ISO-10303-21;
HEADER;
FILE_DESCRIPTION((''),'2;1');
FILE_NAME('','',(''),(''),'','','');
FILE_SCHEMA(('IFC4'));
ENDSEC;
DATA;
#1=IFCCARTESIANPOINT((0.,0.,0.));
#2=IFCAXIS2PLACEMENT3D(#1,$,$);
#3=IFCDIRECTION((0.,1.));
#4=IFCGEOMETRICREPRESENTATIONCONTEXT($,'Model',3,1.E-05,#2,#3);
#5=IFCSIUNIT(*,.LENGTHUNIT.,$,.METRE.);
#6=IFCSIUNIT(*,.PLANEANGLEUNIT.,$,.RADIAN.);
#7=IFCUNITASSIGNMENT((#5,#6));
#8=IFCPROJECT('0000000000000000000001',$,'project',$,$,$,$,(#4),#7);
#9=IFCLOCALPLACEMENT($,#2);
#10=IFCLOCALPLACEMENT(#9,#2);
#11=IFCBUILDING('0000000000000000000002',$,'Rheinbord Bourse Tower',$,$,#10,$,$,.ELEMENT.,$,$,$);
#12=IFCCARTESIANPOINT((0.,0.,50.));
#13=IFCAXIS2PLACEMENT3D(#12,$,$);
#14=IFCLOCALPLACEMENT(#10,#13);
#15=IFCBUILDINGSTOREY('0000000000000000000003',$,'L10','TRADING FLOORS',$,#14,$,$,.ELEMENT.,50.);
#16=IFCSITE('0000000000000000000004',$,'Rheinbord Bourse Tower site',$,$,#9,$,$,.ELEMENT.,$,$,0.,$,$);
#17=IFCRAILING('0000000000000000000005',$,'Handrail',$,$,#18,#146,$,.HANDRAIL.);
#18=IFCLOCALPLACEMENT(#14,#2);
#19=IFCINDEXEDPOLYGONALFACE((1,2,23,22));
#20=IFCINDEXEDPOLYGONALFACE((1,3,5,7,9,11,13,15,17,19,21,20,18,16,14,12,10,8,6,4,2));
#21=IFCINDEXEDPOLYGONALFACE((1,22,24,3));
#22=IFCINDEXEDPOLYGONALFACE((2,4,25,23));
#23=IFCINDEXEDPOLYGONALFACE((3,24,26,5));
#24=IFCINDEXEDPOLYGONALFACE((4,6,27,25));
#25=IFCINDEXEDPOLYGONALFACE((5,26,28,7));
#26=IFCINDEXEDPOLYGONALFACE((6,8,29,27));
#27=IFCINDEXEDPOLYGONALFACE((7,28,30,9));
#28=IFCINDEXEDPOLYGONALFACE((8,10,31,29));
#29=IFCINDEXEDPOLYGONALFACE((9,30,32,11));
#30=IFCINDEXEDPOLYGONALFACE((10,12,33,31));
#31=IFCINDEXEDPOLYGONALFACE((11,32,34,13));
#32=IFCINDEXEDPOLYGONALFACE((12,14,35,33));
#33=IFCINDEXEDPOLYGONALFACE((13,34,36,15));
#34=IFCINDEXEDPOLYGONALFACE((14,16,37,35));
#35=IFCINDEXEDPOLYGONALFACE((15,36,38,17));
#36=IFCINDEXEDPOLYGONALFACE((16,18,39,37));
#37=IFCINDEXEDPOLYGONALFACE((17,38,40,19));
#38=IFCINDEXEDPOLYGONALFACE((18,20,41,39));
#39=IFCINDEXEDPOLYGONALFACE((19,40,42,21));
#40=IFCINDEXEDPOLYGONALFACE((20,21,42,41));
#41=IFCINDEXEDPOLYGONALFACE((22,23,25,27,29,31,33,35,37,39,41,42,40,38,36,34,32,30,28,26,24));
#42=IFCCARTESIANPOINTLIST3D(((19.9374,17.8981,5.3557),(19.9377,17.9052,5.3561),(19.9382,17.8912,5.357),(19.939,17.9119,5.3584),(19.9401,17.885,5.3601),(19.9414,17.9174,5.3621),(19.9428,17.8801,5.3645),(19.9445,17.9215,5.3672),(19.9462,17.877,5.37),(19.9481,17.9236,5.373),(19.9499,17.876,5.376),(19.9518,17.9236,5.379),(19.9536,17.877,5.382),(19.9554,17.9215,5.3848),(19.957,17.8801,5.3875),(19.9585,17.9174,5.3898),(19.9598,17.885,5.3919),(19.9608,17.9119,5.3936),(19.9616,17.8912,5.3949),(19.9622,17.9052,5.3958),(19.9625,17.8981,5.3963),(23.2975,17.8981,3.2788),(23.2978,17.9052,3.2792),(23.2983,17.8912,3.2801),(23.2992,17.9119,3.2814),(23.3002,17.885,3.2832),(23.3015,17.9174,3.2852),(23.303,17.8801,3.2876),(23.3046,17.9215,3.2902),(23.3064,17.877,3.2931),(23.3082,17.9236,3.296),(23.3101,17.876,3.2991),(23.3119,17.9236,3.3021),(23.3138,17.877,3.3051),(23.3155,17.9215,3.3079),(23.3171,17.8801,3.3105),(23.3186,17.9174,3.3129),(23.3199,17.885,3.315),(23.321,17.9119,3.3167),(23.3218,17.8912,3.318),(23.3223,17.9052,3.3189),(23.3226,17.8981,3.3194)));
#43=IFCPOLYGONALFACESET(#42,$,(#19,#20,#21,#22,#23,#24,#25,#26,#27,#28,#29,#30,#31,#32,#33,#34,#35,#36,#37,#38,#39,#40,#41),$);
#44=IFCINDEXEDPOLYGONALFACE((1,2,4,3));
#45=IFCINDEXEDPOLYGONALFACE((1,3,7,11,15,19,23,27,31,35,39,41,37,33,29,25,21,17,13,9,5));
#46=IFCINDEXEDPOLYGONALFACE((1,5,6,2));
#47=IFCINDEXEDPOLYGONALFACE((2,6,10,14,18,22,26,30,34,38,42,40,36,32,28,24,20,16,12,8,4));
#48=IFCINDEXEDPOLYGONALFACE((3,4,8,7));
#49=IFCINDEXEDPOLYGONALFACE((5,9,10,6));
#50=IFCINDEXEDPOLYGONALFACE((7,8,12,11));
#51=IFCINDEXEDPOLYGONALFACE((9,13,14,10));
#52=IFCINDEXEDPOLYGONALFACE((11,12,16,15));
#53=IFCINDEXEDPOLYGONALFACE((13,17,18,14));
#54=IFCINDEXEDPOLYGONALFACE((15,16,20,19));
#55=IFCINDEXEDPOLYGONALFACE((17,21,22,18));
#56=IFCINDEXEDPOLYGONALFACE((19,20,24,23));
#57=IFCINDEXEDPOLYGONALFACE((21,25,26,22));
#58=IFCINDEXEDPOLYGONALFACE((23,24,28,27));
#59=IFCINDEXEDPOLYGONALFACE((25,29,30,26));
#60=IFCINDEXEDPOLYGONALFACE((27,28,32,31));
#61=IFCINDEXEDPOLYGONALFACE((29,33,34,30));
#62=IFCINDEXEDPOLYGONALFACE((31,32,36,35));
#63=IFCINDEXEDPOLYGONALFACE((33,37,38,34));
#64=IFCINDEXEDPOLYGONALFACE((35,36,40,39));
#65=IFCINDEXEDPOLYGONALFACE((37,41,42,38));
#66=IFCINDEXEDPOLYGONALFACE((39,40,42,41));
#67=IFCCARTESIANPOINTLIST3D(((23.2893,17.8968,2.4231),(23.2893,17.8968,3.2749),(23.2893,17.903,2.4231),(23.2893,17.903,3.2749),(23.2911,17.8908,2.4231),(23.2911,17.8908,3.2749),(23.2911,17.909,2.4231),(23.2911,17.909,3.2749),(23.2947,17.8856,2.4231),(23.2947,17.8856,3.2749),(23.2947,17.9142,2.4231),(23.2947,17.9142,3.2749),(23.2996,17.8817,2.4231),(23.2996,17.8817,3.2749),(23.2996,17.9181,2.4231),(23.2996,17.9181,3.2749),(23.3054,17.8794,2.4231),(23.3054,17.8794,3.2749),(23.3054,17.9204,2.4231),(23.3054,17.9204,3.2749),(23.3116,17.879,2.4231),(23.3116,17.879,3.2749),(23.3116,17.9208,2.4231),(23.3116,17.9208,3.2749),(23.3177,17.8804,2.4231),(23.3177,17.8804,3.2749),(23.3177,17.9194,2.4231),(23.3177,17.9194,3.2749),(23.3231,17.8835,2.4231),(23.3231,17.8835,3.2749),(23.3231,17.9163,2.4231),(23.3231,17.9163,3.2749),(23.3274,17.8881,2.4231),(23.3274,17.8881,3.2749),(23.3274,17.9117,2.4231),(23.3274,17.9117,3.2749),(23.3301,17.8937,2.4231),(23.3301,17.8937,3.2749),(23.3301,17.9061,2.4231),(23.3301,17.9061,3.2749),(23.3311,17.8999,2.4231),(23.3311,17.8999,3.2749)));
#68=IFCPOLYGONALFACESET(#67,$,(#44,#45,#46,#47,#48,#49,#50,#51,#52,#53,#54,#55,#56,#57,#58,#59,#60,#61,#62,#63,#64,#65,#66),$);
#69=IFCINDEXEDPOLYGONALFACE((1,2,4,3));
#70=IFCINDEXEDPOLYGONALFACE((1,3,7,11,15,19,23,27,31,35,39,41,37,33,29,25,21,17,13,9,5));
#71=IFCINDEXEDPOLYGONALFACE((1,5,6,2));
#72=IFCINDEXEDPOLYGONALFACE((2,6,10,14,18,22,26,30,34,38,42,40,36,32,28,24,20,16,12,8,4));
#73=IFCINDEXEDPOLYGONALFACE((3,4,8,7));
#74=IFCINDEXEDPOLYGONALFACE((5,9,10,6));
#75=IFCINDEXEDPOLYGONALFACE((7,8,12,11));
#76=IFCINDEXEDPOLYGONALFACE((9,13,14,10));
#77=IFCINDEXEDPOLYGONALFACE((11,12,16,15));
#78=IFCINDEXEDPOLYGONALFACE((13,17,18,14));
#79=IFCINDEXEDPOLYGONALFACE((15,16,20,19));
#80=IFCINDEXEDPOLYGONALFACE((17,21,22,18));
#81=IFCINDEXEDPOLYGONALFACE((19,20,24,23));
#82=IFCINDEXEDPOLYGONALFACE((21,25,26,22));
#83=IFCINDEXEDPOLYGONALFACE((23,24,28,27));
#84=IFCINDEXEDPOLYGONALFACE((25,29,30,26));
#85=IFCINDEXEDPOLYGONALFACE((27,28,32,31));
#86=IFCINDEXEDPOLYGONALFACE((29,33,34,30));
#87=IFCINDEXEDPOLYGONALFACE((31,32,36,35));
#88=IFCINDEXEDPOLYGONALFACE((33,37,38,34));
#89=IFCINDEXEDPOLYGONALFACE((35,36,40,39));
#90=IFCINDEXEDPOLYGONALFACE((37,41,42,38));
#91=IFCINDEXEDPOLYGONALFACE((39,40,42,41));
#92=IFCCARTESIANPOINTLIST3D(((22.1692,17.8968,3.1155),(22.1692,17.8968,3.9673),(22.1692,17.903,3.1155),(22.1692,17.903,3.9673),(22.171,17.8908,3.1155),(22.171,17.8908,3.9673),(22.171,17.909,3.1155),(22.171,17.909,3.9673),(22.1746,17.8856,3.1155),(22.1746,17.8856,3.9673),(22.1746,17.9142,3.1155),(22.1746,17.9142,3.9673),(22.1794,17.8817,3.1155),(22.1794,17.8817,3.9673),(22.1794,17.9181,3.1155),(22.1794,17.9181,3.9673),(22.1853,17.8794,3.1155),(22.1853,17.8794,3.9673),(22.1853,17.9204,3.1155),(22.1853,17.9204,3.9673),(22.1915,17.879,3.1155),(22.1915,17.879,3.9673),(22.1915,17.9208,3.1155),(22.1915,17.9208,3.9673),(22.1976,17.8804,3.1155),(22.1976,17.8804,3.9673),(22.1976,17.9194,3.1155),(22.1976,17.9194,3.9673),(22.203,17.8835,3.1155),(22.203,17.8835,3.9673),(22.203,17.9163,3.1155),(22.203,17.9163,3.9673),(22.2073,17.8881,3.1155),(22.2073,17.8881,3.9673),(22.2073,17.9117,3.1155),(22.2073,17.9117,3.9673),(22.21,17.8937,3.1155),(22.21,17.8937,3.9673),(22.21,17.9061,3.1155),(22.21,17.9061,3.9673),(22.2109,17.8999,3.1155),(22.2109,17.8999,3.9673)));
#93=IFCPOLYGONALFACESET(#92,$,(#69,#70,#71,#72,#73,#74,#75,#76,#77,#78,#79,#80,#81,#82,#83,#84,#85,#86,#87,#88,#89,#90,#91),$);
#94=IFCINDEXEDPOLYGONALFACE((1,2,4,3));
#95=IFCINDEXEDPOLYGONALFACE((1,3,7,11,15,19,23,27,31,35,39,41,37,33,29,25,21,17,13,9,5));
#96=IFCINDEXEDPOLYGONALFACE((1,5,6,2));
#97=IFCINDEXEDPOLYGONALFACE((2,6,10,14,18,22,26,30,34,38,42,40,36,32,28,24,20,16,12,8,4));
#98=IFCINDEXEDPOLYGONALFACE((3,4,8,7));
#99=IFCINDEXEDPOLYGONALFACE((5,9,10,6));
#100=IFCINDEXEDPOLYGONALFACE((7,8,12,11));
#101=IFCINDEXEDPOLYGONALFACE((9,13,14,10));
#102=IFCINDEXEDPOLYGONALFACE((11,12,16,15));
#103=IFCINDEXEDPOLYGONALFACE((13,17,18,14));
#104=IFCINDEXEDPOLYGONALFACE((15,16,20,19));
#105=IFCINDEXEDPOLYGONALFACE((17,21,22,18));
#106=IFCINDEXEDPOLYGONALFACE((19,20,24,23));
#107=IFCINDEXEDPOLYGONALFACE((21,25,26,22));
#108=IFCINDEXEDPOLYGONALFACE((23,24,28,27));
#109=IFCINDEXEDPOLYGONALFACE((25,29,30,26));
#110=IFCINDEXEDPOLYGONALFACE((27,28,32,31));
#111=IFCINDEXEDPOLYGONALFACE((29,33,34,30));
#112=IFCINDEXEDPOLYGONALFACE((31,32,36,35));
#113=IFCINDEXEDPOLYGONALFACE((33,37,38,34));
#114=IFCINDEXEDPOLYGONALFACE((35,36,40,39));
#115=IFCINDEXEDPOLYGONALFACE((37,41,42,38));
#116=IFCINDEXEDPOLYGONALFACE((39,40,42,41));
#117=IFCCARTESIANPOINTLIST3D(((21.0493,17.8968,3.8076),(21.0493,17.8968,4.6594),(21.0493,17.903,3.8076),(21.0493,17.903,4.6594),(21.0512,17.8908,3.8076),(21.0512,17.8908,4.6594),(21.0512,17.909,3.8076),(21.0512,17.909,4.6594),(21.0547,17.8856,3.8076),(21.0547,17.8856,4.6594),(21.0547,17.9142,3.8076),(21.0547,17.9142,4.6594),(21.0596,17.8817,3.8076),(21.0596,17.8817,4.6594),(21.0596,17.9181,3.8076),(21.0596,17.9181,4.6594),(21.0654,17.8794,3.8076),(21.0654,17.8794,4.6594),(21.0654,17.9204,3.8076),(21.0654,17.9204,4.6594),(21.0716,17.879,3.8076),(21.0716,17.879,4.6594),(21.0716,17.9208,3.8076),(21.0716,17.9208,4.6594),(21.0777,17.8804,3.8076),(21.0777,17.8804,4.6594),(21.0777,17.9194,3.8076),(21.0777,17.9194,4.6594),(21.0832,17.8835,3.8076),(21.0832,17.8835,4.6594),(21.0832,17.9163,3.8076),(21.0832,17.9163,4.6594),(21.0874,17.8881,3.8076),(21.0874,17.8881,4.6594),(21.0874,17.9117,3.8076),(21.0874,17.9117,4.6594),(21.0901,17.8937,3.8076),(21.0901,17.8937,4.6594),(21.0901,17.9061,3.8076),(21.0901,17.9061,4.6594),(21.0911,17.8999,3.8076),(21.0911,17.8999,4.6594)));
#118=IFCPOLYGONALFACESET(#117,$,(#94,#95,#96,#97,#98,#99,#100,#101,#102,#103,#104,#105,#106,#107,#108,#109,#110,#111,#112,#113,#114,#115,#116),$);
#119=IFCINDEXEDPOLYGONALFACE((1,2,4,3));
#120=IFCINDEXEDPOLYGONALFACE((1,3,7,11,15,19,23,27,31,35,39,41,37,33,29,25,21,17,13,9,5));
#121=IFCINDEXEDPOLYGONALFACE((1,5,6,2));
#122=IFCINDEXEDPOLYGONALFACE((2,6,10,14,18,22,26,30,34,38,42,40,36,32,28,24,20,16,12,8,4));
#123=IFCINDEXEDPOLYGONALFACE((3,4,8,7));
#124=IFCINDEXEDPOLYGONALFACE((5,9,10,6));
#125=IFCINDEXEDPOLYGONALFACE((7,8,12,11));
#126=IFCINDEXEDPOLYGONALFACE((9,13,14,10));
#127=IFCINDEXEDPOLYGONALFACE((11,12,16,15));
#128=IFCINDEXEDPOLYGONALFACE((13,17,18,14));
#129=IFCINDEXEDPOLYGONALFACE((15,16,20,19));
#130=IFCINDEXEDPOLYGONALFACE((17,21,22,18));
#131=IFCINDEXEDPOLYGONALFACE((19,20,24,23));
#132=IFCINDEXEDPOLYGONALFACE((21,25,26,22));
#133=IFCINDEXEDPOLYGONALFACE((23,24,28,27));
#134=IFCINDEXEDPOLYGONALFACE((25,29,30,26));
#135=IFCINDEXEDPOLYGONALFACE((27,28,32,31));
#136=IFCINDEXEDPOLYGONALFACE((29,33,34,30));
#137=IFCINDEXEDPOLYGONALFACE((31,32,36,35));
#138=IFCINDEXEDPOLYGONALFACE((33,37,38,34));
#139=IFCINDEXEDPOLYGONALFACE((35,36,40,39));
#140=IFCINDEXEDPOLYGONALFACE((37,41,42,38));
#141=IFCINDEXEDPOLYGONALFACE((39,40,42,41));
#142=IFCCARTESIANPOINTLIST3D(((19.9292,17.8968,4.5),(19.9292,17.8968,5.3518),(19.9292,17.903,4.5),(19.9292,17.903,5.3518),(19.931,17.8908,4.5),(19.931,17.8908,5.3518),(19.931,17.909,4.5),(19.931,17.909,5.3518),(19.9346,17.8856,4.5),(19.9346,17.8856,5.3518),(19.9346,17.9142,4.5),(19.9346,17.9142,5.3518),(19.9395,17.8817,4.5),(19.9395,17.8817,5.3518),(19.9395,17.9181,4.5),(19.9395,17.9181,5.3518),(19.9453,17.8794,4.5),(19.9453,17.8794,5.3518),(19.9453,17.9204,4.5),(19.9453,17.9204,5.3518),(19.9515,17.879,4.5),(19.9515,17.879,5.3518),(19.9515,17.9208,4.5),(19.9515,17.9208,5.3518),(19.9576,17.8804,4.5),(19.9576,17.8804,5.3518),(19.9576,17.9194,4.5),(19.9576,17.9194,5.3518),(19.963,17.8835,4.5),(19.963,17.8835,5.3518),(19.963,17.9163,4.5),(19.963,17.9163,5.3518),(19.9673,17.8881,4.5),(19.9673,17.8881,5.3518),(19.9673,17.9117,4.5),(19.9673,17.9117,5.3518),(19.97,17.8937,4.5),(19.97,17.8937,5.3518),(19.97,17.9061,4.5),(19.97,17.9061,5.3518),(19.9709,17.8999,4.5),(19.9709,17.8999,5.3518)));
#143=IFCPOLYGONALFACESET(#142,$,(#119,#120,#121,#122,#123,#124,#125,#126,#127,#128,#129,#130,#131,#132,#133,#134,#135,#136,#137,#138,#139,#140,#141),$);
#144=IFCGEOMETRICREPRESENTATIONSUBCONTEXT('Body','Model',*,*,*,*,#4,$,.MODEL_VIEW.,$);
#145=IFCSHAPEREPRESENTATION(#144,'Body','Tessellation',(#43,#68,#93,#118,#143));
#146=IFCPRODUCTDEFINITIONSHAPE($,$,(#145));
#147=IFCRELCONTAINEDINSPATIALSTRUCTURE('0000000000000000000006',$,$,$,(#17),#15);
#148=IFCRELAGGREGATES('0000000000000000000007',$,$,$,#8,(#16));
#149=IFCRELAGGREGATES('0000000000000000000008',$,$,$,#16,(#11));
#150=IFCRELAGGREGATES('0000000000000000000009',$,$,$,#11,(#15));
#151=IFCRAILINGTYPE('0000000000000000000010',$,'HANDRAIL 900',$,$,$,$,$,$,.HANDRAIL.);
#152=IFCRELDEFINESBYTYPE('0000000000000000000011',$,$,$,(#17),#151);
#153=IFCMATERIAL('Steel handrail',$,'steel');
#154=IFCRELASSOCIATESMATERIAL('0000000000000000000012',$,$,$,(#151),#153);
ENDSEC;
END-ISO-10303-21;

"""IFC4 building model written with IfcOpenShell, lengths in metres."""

from ifc_helpers import new_model, si_unit, direction, frame, origin, origin_2d, place, context, subcontext, project, spatial, circle, extrude, material, type_object, element, save


model = new_model("IFC4")

# Units and contexts
model_context = context("Model", 3, precision=1e-05, world=origin(), true_north=direction((0.0, 1.0)))
body_context = subcontext(model_context, "Body", "Model", "MODEL_VIEW")
ifc_project = project(units=[si_unit("LENGTHUNIT", "METRE"), si_unit("PLANEANGLEUNIT", "RADIAN")], contexts=[model_context])

# Site, building, storey
site_placement = place(None, origin())
site = spatial("IfcSite", under=ifc_project, at=site_placement, Name="Rheinbord Bourse Tower site", CompositionType="ELEMENT", RefElevation=0.0)
building_placement = place(site_placement, origin())
building = spatial("IfcBuilding", under=site, at=building_placement, Name="Rheinbord Bourse Tower", CompositionType="ELEMENT")
storey_placement = place(building_placement, frame((0.0, 0.0, 50.0)))
storey = spatial("IfcBuildingStorey", under=building, at=storey_placement, Name="L10", Description="TRADING FLOORS", CompositionType="ELEMENT", Elevation=50.0)

# Railing
ifc_material_1 = material(Name="Steel handrail", Category="steel")
railing_type = type_object("IfcRailingType", Name="HANDRAIL 900", PredefinedType="HANDRAIL", material=ifc_material_1)
railing_1_placement = place(storey_placement, frame((23.3101, 17.8999, 2.4231)))
element("IfcRailing", 1, at=railing_1_placement, inside=storey, type_object=railing_type, Name="Handrail", PredefinedType="HANDRAIL", context=body_context, shape_type="SweptSolid", body=[
    extrude(circle(Radius=0.0239, at=origin_2d()), frame((0.0, 0.0, 0.876), z_axis=(-0.850623, 0.0, 0.525776), x_axis=(0.0, -1.0, 0.0)), (0.0, 0.0, 1.0), 3.9502),
    extrude(circle(Radius=0.021, at=origin_2d()), origin(), (0.0, 0.0, 1.0), 0.8518),
    extrude(circle(Radius=0.021, at=origin_2d()), frame((-1.1201, 0.0, 0.6924)), (0.0, 0.0, 1.0), 0.8518),
    extrude(circle(Radius=0.021, at=origin_2d()), frame((-2.24, 0.0, 1.3845)), (0.0, 0.0, 1.0), 0.8518),
    extrude(circle(Radius=0.021, at=origin_2d()), frame((-3.3601, 0.0, 2.0769)), (0.0, 0.0, 1.0), 0.8518),
])

save(model, "model.ifc")
